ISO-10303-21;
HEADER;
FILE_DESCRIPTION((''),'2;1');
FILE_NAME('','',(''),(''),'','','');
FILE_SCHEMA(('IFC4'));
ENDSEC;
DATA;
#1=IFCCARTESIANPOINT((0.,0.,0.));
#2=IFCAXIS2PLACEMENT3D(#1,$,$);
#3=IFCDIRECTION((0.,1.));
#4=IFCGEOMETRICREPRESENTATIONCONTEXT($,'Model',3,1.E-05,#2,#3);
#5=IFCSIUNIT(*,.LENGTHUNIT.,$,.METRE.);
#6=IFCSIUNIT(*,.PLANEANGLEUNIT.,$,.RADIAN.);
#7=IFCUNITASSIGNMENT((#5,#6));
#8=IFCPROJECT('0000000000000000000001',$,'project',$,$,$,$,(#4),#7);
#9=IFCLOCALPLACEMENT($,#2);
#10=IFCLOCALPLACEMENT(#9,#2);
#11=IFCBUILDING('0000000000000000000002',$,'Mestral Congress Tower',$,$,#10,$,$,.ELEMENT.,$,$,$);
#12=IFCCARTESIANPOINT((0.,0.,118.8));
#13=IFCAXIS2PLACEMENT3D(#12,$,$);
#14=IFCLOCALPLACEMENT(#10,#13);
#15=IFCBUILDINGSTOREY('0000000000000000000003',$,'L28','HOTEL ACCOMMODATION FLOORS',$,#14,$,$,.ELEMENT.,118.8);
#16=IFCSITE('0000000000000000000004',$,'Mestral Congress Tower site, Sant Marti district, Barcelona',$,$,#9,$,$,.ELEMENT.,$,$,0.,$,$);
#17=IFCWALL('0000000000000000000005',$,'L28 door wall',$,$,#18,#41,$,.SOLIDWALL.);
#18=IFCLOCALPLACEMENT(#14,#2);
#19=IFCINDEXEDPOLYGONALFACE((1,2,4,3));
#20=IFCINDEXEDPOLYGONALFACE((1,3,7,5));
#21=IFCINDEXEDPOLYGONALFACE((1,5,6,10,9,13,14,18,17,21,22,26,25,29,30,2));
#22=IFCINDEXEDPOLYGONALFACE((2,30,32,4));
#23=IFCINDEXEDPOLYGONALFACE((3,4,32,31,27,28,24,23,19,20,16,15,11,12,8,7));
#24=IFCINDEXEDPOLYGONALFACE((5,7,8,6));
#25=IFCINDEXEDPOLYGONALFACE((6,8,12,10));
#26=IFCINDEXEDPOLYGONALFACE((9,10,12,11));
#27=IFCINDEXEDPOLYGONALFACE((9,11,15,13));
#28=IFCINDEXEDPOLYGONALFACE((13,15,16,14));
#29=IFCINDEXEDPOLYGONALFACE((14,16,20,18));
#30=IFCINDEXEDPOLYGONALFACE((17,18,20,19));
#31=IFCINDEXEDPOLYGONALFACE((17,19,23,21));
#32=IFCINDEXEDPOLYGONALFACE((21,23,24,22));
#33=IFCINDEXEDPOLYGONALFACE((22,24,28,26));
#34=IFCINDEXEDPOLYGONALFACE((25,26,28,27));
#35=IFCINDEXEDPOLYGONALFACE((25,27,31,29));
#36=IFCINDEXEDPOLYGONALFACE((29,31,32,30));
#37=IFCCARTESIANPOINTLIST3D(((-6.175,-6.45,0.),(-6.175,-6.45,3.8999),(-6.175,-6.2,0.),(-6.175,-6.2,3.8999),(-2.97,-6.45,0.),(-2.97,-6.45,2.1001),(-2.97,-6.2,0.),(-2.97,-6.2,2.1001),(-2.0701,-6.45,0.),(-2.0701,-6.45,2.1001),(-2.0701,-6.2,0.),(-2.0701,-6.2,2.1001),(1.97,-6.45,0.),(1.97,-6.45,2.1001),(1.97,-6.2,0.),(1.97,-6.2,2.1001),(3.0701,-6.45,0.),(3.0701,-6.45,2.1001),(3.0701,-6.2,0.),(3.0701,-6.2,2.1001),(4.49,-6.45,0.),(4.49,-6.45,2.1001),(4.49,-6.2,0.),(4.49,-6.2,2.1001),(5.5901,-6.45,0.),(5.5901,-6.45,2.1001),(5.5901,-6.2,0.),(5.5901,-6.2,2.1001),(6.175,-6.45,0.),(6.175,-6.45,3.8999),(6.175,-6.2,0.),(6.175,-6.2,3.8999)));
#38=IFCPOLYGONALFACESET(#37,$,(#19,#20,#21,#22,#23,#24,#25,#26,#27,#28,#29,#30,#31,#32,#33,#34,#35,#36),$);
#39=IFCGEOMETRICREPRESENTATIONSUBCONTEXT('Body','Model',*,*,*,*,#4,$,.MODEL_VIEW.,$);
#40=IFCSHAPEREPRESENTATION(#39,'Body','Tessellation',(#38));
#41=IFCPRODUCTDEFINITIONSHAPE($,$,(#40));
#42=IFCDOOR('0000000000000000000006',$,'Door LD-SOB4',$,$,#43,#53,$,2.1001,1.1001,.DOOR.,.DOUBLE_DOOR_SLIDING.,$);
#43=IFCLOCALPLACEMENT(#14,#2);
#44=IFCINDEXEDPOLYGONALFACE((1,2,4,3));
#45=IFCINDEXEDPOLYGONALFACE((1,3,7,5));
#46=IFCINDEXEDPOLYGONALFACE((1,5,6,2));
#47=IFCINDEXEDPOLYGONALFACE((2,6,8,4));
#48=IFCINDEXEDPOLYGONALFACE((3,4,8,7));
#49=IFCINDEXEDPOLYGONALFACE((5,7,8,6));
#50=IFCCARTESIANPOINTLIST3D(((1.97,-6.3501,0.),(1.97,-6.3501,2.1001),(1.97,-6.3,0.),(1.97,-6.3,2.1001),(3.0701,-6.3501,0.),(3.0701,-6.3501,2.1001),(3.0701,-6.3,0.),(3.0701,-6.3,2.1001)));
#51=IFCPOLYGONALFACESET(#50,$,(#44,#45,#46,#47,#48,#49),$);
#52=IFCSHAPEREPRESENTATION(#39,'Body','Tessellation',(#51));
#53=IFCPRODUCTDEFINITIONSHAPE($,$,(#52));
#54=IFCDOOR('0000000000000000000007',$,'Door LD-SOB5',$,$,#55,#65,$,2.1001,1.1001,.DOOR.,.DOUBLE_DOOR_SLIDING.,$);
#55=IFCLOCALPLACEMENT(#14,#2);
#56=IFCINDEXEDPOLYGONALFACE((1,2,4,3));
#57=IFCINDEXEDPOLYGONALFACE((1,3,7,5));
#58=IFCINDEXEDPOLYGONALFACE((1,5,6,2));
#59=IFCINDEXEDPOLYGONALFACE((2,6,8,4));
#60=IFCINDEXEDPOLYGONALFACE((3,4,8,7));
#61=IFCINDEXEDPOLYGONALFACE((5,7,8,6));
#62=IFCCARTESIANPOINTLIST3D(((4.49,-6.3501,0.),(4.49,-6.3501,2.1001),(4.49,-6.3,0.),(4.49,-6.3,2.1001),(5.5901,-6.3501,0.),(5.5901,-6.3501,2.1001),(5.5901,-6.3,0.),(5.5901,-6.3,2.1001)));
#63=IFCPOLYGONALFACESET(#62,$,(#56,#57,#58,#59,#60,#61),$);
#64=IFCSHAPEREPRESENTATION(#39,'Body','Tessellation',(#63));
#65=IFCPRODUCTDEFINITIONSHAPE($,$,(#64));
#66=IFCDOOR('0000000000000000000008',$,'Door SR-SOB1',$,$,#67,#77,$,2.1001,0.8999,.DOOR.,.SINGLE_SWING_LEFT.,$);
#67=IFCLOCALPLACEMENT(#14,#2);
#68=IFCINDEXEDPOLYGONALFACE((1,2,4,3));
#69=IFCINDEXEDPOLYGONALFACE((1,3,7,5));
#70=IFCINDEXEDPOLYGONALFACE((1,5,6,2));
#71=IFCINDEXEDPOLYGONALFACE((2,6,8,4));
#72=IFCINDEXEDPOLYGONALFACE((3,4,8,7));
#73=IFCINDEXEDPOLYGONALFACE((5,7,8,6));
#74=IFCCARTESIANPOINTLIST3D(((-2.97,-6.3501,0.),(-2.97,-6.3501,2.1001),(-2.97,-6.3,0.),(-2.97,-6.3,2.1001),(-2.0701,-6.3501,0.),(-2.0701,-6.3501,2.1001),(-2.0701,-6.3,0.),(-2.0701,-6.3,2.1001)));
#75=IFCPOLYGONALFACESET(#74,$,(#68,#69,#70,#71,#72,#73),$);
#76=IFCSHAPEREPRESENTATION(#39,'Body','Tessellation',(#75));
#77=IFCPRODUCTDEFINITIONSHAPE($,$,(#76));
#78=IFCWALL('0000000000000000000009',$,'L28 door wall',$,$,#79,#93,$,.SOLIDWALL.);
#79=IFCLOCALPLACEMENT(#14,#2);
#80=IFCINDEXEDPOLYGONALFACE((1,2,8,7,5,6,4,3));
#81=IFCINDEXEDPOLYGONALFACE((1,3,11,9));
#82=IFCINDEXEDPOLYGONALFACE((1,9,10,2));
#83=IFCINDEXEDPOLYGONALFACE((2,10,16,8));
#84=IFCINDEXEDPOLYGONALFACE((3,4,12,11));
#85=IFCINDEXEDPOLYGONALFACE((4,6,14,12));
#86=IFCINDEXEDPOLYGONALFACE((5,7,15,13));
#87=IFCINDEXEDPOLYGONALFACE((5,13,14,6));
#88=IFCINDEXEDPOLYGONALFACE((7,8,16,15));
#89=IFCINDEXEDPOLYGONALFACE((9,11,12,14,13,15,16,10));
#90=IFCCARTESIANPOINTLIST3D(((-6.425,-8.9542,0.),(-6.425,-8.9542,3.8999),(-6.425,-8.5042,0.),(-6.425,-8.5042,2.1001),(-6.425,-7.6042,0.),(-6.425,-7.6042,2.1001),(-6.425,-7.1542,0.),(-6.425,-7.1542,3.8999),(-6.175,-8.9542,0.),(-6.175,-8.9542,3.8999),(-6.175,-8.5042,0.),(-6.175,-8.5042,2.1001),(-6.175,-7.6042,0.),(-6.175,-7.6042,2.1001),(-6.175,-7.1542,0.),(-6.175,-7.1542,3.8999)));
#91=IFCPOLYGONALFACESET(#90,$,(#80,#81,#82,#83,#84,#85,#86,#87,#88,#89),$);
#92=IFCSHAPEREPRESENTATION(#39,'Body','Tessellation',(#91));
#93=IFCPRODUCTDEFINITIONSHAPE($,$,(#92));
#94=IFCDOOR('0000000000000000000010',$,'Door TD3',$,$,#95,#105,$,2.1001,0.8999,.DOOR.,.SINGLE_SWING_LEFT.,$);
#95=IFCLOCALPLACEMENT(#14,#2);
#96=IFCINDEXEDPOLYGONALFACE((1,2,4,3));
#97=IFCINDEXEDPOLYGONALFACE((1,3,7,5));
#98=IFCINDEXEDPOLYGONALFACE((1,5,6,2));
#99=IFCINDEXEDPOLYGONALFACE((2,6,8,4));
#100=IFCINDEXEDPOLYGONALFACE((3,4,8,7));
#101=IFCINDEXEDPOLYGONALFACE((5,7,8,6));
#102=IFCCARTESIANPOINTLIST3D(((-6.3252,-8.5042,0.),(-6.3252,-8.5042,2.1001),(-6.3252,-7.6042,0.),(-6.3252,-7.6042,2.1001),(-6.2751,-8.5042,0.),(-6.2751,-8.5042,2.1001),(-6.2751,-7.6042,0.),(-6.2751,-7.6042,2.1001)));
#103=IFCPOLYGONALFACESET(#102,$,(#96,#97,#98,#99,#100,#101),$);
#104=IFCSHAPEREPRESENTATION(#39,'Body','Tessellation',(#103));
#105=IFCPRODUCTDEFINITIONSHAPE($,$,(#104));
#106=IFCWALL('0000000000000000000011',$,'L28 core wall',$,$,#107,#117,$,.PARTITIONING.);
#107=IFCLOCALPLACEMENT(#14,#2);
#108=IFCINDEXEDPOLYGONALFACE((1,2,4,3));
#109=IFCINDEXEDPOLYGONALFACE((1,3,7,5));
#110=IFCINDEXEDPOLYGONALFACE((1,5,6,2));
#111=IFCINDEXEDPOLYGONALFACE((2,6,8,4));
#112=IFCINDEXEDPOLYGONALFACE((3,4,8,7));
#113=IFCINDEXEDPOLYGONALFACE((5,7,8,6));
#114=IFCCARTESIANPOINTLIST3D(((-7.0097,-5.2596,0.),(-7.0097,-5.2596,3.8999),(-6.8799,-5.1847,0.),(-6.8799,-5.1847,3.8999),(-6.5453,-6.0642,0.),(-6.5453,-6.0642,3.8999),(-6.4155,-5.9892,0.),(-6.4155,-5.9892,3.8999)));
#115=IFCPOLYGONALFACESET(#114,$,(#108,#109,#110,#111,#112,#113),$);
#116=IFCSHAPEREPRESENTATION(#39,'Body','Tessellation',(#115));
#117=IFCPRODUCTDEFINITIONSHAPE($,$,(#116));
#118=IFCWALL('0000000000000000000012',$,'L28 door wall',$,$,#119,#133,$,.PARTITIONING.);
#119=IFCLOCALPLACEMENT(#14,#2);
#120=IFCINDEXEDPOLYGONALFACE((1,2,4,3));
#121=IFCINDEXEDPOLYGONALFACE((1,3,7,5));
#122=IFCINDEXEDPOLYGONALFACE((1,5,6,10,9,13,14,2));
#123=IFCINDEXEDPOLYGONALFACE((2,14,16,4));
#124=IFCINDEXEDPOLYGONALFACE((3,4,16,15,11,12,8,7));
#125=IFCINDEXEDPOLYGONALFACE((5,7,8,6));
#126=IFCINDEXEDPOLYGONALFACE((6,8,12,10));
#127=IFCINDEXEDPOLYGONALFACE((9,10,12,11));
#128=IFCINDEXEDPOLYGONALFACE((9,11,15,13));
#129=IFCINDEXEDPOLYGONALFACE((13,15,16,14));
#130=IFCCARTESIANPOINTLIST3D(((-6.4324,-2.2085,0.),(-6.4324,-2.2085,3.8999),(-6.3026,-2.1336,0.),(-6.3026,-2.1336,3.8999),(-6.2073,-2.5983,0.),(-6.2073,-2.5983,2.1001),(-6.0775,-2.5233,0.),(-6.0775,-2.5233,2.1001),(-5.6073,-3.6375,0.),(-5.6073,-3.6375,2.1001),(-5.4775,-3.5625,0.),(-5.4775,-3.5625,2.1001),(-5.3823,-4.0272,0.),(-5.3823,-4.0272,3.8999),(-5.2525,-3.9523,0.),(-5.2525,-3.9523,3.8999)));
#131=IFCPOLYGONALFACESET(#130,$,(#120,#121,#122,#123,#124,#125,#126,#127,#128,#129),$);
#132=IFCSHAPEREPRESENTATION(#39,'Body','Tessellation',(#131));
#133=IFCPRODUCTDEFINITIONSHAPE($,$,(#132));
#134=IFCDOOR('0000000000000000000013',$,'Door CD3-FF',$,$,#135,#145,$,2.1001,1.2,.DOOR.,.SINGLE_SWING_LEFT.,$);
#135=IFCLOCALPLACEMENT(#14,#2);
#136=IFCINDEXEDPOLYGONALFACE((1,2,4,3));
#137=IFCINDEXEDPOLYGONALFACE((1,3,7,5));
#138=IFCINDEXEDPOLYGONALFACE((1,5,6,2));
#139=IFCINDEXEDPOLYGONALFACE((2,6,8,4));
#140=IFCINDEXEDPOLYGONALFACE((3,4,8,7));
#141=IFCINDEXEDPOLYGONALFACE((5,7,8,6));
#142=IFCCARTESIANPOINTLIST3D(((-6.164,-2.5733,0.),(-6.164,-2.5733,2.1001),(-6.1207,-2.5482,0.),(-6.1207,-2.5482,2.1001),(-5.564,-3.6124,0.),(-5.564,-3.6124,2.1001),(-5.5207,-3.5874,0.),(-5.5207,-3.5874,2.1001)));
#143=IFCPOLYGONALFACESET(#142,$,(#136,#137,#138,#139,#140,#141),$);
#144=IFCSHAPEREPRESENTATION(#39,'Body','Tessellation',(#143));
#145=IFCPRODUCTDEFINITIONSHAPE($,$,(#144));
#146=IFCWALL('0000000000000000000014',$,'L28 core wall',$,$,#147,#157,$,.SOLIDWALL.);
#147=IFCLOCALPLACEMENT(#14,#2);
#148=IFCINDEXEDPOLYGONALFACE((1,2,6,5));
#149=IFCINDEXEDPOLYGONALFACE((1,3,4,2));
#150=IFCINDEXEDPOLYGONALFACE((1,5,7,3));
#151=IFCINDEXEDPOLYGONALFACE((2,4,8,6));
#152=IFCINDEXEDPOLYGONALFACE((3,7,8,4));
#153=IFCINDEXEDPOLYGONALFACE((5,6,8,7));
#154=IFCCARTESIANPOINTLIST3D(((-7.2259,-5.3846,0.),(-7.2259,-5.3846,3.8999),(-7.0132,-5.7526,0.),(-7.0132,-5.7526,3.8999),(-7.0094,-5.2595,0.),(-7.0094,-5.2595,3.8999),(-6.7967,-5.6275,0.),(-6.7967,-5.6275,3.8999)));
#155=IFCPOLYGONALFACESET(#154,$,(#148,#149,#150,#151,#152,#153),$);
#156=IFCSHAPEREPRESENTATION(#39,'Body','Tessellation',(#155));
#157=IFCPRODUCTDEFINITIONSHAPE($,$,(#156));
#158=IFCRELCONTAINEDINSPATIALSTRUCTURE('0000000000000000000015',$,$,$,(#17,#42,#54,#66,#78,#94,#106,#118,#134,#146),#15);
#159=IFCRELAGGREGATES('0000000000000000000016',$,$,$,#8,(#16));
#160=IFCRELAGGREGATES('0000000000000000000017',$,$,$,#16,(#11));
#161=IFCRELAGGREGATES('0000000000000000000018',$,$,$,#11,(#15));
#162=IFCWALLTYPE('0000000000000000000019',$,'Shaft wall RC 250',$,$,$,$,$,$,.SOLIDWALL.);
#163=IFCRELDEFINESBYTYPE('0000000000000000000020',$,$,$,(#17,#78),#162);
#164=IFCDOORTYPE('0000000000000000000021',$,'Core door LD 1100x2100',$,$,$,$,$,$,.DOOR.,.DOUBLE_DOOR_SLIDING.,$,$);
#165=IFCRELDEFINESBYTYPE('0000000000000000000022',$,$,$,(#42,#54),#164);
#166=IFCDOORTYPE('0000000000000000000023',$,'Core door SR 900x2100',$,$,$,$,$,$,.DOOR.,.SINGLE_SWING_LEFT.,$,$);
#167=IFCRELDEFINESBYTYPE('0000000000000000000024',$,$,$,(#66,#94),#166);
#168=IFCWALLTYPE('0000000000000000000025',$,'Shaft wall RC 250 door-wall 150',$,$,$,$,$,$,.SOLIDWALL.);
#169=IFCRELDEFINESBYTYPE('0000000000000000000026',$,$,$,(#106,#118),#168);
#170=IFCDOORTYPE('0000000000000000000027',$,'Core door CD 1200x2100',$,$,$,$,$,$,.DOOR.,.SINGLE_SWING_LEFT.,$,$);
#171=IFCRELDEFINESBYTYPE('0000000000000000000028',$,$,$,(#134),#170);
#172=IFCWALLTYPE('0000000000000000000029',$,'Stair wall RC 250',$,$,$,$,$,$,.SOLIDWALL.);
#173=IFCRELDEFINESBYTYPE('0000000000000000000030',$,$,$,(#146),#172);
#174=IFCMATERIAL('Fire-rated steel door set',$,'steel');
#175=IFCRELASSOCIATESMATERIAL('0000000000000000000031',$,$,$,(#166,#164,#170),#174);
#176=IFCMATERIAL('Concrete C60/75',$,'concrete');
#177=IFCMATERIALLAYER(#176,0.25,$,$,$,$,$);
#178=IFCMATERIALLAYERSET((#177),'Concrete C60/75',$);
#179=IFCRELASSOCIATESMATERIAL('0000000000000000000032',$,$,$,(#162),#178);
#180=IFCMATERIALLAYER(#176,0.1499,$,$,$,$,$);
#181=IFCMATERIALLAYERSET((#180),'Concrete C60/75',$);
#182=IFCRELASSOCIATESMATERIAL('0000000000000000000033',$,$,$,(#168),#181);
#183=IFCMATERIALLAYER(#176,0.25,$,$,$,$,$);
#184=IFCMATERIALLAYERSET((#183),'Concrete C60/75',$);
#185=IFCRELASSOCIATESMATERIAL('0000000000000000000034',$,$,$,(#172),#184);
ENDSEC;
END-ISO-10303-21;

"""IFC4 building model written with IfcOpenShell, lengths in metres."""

from ifc_helpers import new_model, si_unit, direction, frame, frame_2d, origin, place, context, subcontext, project, spatial, rectangle, extrude, material, layer, layer_set, type_object, element, fill, save


model = new_model("IFC4")

# Units and contexts
model_context = context("Model", 3, precision=1e-05, world=origin(), true_north=direction((0.0, 1.0)))
body_context = subcontext(model_context, "Body", "Model", "MODEL_VIEW")
ifc_project = project(units=[si_unit("LENGTHUNIT", "METRE"), si_unit("PLANEANGLEUNIT", "RADIAN")], contexts=[model_context])

# Site, building, storey
site_placement = place(None, origin())
site = spatial("IfcSite", under=ifc_project, at=site_placement, Name="Mestral Congress Tower site, Sant Marti district, Barcelona", CompositionType="ELEMENT", RefElevation=0.0)
building_placement = place(site_placement, origin())
building = spatial("IfcBuilding", under=site, at=building_placement, Name="Mestral Congress Tower", CompositionType="ELEMENT")
storey_placement = place(building_placement, frame((0.0, 0.0, 118.8)))
storey = spatial("IfcBuildingStorey", under=building, at=storey_placement, Name="L28", Description="HOTEL ACCOMMODATION FLOORS", CompositionType="ELEMENT", Elevation=118.8)

# Shared definitions
ifc_material_1 = material(Name="Fire-rated steel door set", Category="steel")
door_type_1 = type_object("IfcDoorType", Name="Core door SR 900x2100", OperationType="SINGLE_SWING_LEFT", PredefinedType="DOOR", material=ifc_material_1)

# Shared definitions
ifc_material_2 = material(Name="Concrete C60/75", Category="concrete")
ifc_layer_1 = layer(ifc_material_2, 0.25)
ifc_layer_set_1 = layer_set([ifc_layer_1], Name="Concrete C60/75")
wall_type_1 = type_object("IfcWallType", Name="Shaft wall RC 250", PredefinedType="SOLIDWALL", material=ifc_layer_set_1)

# Wall, openings, doors
door_type_2 = type_object("IfcDoorType", Name="Core door LD 1100x2100", OperationType="DOUBLE_DOOR_SLIDING", PredefinedType="DOOR", material=ifc_material_1)
wall_1_placement = place(storey_placement, frame((-6.175, -6.325, 0.0), z_axis=(0.0, 0.0, 1.0), x_axis=(1.0, 0.0, 0.0)))
wall_1 = element("IfcWall", 1, at=wall_1_placement, inside=storey, type_object=wall_type_1, Name="L28 door wall", PredefinedType="SOLIDWALL", context=body_context, shape_type="SweptSolid", body=[
    extrude(rectangle(XDim=12.3501, YDim=0.25, at=frame_2d((6.175, 0.0))), origin(), (0.0, 0.0, 1.0), 3.8999),
])
opening_1_placement = place(wall_1_placement, frame((3.2051, 0.0, 0.0)))
opening_1 = element("IfcOpeningElement", 2, at=opening_1_placement, cuts=wall_1, PredefinedType="OPENING", context=body_context, shape_type="SweptSolid", body=[
    extrude(rectangle(XDim=0.8999, YDim=2.1001, at=frame_2d((0.45, 1.05))), frame((0.0, 0.135, 0.0), z_axis=(0.0, -1.0, 0.0), x_axis=(1.0, 0.0, 0.0)), (0.0, 0.0, 1.0), 0.27),
])
opening_2_placement = place(wall_1_placement, frame((8.145, 0.0, 0.0)))
opening_2 = element("IfcOpeningElement", 3, at=opening_2_placement, cuts=wall_1, PredefinedType="OPENING", context=body_context, shape_type="SweptSolid", body=[
    extrude(rectangle(XDim=1.1001, YDim=2.1001, at=frame_2d((0.55, 1.05))), frame((0.0, 0.135, 0.0), z_axis=(0.0, -1.0, 0.0), x_axis=(1.0, 0.0, 0.0)), (0.0, 0.0, 1.0), 0.27),
])
opening_3_placement = place(wall_1_placement, frame((10.665, 0.0, 0.0)))
opening_3 = element("IfcOpeningElement", 4, at=opening_3_placement, cuts=wall_1, PredefinedType="OPENING", context=body_context, shape_type="SweptSolid", body=[
    extrude(rectangle(XDim=1.1001, YDim=2.1001, at=frame_2d((0.55, 1.05))), frame((0.0, 0.135, 0.0), z_axis=(0.0, -1.0, 0.0), x_axis=(1.0, 0.0, 0.0)), (0.0, 0.0, 1.0), 0.27),
])
door_1_placement = place(opening_2_placement, origin())
door_1 = element("IfcDoor", 5, at=door_1_placement, inside=storey, type_object=door_type_2, Name="Door LD-SOB4", OperationType="DOUBLE_DOOR_SLIDING", OverallHeight=2.1001, OverallWidth=1.1001, PredefinedType="DOOR", context=body_context, shape_type="SweptSolid", body=[
    extrude(rectangle(XDim=1.1001, YDim=2.1001, at=frame_2d((0.55, 1.05))), frame((0.0, 0.0249, 0.0), z_axis=(0.0, -1.0, 0.0), x_axis=(1.0, 0.0, 0.0)), (0.0, 0.0, 1.0), 0.05),
])
fill(opening_2, door_1)
door_2_placement = place(opening_3_placement, origin())
door_2 = element("IfcDoor", 6, at=door_2_placement, inside=storey, type_object=door_type_2, Name="Door LD-SOB5", OperationType="DOUBLE_DOOR_SLIDING", OverallHeight=2.1001, OverallWidth=1.1001, PredefinedType="DOOR", context=body_context, shape_type="SweptSolid", body=[
    extrude(rectangle(XDim=1.1001, YDim=2.1001, at=frame_2d((0.55, 1.05))), frame((0.0, 0.0249, 0.0), z_axis=(0.0, -1.0, 0.0), x_axis=(1.0, 0.0, 0.0)), (0.0, 0.0, 1.0), 0.05),
])
fill(opening_3, door_2)
door_3_placement = place(opening_1_placement, origin())
door_3 = element("IfcDoor", 7, at=door_3_placement, inside=storey, type_object=door_type_1, Name="Door SR-SOB1", OperationType="SINGLE_SWING_LEFT", OverallHeight=2.1001, OverallWidth=0.8999, PredefinedType="DOOR", context=body_context, shape_type="SweptSolid", body=[
    extrude(rectangle(XDim=0.8999, YDim=2.1001, at=frame_2d((0.45, 1.05))), frame((0.0, 0.0249, 0.0), z_axis=(0.0, -1.0, 0.0), x_axis=(1.0, 0.0, 0.0)), (0.0, 0.0, 1.0), 0.05),
])
fill(opening_1, door_3)

# Wall, opening, door
wall_2_placement = place(storey_placement, frame((-6.3, -7.1543, 0.0), z_axis=(0.0, 0.0, 1.0), x_axis=(0.0, -1.0, 0.0)))
wall_2 = element("IfcWall", 8, at=wall_2_placement, inside=storey, type_object=wall_type_1, Name="L28 door wall", PredefinedType="SOLIDWALL", context=body_context, shape_type="SweptSolid", body=[
    extrude(rectangle(XDim=1.8, YDim=0.25, at=frame_2d((0.8999, 0.0))), origin(), (0.0, 0.0, 1.0), 3.8999),
])
opening_4_placement = place(wall_2_placement, frame((0.45, 0.0, 0.0)))
opening_4 = element("IfcOpeningElement", 9, at=opening_4_placement, cuts=wall_2, PredefinedType="OPENING", context=body_context, shape_type="SweptSolid", body=[
    extrude(rectangle(XDim=0.8999, YDim=2.1001, at=frame_2d((0.45, 1.05))), frame((0.0, 0.135, 0.0), z_axis=(0.0, -1.0, 0.0), x_axis=(1.0, 0.0, 0.0)), (0.0, 0.0, 1.0), 0.27),
])
door_4_placement = place(opening_4_placement, origin())
door_4 = element("IfcDoor", 10, at=door_4_placement, inside=storey, type_object=door_type_1, Name="Door TD3", OperationType="SINGLE_SWING_LEFT", OverallHeight=2.1001, OverallWidth=0.8999, PredefinedType="DOOR", context=body_context, shape_type="SweptSolid", body=[
    extrude(rectangle(XDim=0.8999, YDim=2.1001, at=frame_2d((0.45, 1.05))), frame((0.0, 0.0249, 0.0), z_axis=(0.0, -1.0, 0.0), x_axis=(1.0, 0.0, 0.0)), (0.0, 0.0, 1.0), 0.05),
])
fill(opening_4, door_4)

# Wall
ifc_layer_2 = layer(ifc_material_2, 0.1499)
ifc_layer_set_2 = layer_set([ifc_layer_2], Name="Concrete C60/75")
wall_type_2 = type_object("IfcWallType", Name="Shaft wall RC 250 door-wall 150", PredefinedType="SOLIDWALL", material=ifc_layer_set_2)
wall_3_placement = place(storey_placement, frame((-6.4805, -6.0266, 0.0), z_axis=(0.0, 0.0, 1.0), x_axis=(-0.499927, 0.866067, 0.0)))
element("IfcWall", 11, at=wall_3_placement, inside=storey, type_object=wall_type_2, Name="L28 core wall", PredefinedType="PARTITIONING", context=body_context, shape_type="SweptSolid", body=[
    extrude(rectangle(XDim=0.929, YDim=0.1499, at=frame_2d((0.4644, 0.0))), origin(), (0.0, 0.0, 1.0), 3.8999),
])

# Wall, opening, door
wall_4_placement = place(storey_placement, frame((-5.3174, -3.9897, 0.0), z_axis=(0.0, 0.0, 1.0), x_axis=(-0.500028, 0.866009, 0.0)))
wall_4 = element("IfcWall", 12, at=wall_4_placement, inside=storey, type_object=wall_type_2, Name="L28 door wall", PredefinedType="PARTITIONING", context=body_context, shape_type="SweptSolid", body=[
    extrude(rectangle(XDim=2.1001, YDim=0.1499, at=frame_2d((1.05, 0.0))), origin(), (0.0, 0.0, 1.0), 3.8999),
])
opening_5_placement = place(wall_4_placement, frame((0.45, 0.0, 0.0)))
opening_5 = element("IfcOpeningElement", 13, at=opening_5_placement, cuts=wall_4, PredefinedType="OPENING", context=body_context, shape_type="SweptSolid", body=[
    extrude(rectangle(XDim=1.2, YDim=2.1001, at=frame_2d((0.6001, 1.05))), frame((0.0, 0.085, 0.0), z_axis=(0.0, -1.0, 0.0), x_axis=(1.0, 0.0, 0.0)), (0.0, 0.0, 1.0), 0.1699),
])
door_type_3 = type_object("IfcDoorType", Name="Core door CD 1200x2100", OperationType="SINGLE_SWING_LEFT", PredefinedType="DOOR", material=ifc_material_1)
door_5_placement = place(opening_5_placement, origin())
door_5 = element("IfcDoor", 14, at=door_5_placement, inside=storey, type_object=door_type_3, Name="Door CD3-FF", OperationType="SINGLE_SWING_LEFT", OverallHeight=2.1001, OverallWidth=1.2, PredefinedType="DOOR", context=body_context, shape_type="SweptSolid", body=[
    extrude(rectangle(XDim=1.2, YDim=2.1001, at=frame_2d((0.6001, 1.05))), frame((0.0, 0.0249, 0.0), z_axis=(0.0, -1.0, 0.0), x_axis=(1.0, 0.0, 0.0)), (0.0, 0.0, 1.0), 0.05),
])
fill(opening_5, door_5)

# Wall
ifc_layer_3 = layer(ifc_material_2, 0.25)
ifc_layer_set_3 = layer_set([ifc_layer_3], Name="Concrete C60/75")
wall_type_3 = type_object("IfcWallType", Name="Stair wall RC 250", PredefinedType="SOLIDWALL", material=ifc_layer_set_3)
wall_5_placement = place(storey_placement, frame((-6.905, -5.6899, 0.0), z_axis=(0.0, 0.0, 1.0), x_axis=(-0.500402, 0.865793, 0.0)))
element("IfcWall", 15, at=wall_5_placement, inside=storey, type_object=wall_type_3, Name="L28 core wall", PredefinedType="SOLIDWALL", context=body_context, shape_type="SweptSolid", body=[
    extrude(rectangle(XDim=0.425, YDim=0.25, at=frame_2d((0.2124, 0.0))), origin(), (0.0, 0.0, 1.0), 3.8999),
])

save(model, "model.ifc")
